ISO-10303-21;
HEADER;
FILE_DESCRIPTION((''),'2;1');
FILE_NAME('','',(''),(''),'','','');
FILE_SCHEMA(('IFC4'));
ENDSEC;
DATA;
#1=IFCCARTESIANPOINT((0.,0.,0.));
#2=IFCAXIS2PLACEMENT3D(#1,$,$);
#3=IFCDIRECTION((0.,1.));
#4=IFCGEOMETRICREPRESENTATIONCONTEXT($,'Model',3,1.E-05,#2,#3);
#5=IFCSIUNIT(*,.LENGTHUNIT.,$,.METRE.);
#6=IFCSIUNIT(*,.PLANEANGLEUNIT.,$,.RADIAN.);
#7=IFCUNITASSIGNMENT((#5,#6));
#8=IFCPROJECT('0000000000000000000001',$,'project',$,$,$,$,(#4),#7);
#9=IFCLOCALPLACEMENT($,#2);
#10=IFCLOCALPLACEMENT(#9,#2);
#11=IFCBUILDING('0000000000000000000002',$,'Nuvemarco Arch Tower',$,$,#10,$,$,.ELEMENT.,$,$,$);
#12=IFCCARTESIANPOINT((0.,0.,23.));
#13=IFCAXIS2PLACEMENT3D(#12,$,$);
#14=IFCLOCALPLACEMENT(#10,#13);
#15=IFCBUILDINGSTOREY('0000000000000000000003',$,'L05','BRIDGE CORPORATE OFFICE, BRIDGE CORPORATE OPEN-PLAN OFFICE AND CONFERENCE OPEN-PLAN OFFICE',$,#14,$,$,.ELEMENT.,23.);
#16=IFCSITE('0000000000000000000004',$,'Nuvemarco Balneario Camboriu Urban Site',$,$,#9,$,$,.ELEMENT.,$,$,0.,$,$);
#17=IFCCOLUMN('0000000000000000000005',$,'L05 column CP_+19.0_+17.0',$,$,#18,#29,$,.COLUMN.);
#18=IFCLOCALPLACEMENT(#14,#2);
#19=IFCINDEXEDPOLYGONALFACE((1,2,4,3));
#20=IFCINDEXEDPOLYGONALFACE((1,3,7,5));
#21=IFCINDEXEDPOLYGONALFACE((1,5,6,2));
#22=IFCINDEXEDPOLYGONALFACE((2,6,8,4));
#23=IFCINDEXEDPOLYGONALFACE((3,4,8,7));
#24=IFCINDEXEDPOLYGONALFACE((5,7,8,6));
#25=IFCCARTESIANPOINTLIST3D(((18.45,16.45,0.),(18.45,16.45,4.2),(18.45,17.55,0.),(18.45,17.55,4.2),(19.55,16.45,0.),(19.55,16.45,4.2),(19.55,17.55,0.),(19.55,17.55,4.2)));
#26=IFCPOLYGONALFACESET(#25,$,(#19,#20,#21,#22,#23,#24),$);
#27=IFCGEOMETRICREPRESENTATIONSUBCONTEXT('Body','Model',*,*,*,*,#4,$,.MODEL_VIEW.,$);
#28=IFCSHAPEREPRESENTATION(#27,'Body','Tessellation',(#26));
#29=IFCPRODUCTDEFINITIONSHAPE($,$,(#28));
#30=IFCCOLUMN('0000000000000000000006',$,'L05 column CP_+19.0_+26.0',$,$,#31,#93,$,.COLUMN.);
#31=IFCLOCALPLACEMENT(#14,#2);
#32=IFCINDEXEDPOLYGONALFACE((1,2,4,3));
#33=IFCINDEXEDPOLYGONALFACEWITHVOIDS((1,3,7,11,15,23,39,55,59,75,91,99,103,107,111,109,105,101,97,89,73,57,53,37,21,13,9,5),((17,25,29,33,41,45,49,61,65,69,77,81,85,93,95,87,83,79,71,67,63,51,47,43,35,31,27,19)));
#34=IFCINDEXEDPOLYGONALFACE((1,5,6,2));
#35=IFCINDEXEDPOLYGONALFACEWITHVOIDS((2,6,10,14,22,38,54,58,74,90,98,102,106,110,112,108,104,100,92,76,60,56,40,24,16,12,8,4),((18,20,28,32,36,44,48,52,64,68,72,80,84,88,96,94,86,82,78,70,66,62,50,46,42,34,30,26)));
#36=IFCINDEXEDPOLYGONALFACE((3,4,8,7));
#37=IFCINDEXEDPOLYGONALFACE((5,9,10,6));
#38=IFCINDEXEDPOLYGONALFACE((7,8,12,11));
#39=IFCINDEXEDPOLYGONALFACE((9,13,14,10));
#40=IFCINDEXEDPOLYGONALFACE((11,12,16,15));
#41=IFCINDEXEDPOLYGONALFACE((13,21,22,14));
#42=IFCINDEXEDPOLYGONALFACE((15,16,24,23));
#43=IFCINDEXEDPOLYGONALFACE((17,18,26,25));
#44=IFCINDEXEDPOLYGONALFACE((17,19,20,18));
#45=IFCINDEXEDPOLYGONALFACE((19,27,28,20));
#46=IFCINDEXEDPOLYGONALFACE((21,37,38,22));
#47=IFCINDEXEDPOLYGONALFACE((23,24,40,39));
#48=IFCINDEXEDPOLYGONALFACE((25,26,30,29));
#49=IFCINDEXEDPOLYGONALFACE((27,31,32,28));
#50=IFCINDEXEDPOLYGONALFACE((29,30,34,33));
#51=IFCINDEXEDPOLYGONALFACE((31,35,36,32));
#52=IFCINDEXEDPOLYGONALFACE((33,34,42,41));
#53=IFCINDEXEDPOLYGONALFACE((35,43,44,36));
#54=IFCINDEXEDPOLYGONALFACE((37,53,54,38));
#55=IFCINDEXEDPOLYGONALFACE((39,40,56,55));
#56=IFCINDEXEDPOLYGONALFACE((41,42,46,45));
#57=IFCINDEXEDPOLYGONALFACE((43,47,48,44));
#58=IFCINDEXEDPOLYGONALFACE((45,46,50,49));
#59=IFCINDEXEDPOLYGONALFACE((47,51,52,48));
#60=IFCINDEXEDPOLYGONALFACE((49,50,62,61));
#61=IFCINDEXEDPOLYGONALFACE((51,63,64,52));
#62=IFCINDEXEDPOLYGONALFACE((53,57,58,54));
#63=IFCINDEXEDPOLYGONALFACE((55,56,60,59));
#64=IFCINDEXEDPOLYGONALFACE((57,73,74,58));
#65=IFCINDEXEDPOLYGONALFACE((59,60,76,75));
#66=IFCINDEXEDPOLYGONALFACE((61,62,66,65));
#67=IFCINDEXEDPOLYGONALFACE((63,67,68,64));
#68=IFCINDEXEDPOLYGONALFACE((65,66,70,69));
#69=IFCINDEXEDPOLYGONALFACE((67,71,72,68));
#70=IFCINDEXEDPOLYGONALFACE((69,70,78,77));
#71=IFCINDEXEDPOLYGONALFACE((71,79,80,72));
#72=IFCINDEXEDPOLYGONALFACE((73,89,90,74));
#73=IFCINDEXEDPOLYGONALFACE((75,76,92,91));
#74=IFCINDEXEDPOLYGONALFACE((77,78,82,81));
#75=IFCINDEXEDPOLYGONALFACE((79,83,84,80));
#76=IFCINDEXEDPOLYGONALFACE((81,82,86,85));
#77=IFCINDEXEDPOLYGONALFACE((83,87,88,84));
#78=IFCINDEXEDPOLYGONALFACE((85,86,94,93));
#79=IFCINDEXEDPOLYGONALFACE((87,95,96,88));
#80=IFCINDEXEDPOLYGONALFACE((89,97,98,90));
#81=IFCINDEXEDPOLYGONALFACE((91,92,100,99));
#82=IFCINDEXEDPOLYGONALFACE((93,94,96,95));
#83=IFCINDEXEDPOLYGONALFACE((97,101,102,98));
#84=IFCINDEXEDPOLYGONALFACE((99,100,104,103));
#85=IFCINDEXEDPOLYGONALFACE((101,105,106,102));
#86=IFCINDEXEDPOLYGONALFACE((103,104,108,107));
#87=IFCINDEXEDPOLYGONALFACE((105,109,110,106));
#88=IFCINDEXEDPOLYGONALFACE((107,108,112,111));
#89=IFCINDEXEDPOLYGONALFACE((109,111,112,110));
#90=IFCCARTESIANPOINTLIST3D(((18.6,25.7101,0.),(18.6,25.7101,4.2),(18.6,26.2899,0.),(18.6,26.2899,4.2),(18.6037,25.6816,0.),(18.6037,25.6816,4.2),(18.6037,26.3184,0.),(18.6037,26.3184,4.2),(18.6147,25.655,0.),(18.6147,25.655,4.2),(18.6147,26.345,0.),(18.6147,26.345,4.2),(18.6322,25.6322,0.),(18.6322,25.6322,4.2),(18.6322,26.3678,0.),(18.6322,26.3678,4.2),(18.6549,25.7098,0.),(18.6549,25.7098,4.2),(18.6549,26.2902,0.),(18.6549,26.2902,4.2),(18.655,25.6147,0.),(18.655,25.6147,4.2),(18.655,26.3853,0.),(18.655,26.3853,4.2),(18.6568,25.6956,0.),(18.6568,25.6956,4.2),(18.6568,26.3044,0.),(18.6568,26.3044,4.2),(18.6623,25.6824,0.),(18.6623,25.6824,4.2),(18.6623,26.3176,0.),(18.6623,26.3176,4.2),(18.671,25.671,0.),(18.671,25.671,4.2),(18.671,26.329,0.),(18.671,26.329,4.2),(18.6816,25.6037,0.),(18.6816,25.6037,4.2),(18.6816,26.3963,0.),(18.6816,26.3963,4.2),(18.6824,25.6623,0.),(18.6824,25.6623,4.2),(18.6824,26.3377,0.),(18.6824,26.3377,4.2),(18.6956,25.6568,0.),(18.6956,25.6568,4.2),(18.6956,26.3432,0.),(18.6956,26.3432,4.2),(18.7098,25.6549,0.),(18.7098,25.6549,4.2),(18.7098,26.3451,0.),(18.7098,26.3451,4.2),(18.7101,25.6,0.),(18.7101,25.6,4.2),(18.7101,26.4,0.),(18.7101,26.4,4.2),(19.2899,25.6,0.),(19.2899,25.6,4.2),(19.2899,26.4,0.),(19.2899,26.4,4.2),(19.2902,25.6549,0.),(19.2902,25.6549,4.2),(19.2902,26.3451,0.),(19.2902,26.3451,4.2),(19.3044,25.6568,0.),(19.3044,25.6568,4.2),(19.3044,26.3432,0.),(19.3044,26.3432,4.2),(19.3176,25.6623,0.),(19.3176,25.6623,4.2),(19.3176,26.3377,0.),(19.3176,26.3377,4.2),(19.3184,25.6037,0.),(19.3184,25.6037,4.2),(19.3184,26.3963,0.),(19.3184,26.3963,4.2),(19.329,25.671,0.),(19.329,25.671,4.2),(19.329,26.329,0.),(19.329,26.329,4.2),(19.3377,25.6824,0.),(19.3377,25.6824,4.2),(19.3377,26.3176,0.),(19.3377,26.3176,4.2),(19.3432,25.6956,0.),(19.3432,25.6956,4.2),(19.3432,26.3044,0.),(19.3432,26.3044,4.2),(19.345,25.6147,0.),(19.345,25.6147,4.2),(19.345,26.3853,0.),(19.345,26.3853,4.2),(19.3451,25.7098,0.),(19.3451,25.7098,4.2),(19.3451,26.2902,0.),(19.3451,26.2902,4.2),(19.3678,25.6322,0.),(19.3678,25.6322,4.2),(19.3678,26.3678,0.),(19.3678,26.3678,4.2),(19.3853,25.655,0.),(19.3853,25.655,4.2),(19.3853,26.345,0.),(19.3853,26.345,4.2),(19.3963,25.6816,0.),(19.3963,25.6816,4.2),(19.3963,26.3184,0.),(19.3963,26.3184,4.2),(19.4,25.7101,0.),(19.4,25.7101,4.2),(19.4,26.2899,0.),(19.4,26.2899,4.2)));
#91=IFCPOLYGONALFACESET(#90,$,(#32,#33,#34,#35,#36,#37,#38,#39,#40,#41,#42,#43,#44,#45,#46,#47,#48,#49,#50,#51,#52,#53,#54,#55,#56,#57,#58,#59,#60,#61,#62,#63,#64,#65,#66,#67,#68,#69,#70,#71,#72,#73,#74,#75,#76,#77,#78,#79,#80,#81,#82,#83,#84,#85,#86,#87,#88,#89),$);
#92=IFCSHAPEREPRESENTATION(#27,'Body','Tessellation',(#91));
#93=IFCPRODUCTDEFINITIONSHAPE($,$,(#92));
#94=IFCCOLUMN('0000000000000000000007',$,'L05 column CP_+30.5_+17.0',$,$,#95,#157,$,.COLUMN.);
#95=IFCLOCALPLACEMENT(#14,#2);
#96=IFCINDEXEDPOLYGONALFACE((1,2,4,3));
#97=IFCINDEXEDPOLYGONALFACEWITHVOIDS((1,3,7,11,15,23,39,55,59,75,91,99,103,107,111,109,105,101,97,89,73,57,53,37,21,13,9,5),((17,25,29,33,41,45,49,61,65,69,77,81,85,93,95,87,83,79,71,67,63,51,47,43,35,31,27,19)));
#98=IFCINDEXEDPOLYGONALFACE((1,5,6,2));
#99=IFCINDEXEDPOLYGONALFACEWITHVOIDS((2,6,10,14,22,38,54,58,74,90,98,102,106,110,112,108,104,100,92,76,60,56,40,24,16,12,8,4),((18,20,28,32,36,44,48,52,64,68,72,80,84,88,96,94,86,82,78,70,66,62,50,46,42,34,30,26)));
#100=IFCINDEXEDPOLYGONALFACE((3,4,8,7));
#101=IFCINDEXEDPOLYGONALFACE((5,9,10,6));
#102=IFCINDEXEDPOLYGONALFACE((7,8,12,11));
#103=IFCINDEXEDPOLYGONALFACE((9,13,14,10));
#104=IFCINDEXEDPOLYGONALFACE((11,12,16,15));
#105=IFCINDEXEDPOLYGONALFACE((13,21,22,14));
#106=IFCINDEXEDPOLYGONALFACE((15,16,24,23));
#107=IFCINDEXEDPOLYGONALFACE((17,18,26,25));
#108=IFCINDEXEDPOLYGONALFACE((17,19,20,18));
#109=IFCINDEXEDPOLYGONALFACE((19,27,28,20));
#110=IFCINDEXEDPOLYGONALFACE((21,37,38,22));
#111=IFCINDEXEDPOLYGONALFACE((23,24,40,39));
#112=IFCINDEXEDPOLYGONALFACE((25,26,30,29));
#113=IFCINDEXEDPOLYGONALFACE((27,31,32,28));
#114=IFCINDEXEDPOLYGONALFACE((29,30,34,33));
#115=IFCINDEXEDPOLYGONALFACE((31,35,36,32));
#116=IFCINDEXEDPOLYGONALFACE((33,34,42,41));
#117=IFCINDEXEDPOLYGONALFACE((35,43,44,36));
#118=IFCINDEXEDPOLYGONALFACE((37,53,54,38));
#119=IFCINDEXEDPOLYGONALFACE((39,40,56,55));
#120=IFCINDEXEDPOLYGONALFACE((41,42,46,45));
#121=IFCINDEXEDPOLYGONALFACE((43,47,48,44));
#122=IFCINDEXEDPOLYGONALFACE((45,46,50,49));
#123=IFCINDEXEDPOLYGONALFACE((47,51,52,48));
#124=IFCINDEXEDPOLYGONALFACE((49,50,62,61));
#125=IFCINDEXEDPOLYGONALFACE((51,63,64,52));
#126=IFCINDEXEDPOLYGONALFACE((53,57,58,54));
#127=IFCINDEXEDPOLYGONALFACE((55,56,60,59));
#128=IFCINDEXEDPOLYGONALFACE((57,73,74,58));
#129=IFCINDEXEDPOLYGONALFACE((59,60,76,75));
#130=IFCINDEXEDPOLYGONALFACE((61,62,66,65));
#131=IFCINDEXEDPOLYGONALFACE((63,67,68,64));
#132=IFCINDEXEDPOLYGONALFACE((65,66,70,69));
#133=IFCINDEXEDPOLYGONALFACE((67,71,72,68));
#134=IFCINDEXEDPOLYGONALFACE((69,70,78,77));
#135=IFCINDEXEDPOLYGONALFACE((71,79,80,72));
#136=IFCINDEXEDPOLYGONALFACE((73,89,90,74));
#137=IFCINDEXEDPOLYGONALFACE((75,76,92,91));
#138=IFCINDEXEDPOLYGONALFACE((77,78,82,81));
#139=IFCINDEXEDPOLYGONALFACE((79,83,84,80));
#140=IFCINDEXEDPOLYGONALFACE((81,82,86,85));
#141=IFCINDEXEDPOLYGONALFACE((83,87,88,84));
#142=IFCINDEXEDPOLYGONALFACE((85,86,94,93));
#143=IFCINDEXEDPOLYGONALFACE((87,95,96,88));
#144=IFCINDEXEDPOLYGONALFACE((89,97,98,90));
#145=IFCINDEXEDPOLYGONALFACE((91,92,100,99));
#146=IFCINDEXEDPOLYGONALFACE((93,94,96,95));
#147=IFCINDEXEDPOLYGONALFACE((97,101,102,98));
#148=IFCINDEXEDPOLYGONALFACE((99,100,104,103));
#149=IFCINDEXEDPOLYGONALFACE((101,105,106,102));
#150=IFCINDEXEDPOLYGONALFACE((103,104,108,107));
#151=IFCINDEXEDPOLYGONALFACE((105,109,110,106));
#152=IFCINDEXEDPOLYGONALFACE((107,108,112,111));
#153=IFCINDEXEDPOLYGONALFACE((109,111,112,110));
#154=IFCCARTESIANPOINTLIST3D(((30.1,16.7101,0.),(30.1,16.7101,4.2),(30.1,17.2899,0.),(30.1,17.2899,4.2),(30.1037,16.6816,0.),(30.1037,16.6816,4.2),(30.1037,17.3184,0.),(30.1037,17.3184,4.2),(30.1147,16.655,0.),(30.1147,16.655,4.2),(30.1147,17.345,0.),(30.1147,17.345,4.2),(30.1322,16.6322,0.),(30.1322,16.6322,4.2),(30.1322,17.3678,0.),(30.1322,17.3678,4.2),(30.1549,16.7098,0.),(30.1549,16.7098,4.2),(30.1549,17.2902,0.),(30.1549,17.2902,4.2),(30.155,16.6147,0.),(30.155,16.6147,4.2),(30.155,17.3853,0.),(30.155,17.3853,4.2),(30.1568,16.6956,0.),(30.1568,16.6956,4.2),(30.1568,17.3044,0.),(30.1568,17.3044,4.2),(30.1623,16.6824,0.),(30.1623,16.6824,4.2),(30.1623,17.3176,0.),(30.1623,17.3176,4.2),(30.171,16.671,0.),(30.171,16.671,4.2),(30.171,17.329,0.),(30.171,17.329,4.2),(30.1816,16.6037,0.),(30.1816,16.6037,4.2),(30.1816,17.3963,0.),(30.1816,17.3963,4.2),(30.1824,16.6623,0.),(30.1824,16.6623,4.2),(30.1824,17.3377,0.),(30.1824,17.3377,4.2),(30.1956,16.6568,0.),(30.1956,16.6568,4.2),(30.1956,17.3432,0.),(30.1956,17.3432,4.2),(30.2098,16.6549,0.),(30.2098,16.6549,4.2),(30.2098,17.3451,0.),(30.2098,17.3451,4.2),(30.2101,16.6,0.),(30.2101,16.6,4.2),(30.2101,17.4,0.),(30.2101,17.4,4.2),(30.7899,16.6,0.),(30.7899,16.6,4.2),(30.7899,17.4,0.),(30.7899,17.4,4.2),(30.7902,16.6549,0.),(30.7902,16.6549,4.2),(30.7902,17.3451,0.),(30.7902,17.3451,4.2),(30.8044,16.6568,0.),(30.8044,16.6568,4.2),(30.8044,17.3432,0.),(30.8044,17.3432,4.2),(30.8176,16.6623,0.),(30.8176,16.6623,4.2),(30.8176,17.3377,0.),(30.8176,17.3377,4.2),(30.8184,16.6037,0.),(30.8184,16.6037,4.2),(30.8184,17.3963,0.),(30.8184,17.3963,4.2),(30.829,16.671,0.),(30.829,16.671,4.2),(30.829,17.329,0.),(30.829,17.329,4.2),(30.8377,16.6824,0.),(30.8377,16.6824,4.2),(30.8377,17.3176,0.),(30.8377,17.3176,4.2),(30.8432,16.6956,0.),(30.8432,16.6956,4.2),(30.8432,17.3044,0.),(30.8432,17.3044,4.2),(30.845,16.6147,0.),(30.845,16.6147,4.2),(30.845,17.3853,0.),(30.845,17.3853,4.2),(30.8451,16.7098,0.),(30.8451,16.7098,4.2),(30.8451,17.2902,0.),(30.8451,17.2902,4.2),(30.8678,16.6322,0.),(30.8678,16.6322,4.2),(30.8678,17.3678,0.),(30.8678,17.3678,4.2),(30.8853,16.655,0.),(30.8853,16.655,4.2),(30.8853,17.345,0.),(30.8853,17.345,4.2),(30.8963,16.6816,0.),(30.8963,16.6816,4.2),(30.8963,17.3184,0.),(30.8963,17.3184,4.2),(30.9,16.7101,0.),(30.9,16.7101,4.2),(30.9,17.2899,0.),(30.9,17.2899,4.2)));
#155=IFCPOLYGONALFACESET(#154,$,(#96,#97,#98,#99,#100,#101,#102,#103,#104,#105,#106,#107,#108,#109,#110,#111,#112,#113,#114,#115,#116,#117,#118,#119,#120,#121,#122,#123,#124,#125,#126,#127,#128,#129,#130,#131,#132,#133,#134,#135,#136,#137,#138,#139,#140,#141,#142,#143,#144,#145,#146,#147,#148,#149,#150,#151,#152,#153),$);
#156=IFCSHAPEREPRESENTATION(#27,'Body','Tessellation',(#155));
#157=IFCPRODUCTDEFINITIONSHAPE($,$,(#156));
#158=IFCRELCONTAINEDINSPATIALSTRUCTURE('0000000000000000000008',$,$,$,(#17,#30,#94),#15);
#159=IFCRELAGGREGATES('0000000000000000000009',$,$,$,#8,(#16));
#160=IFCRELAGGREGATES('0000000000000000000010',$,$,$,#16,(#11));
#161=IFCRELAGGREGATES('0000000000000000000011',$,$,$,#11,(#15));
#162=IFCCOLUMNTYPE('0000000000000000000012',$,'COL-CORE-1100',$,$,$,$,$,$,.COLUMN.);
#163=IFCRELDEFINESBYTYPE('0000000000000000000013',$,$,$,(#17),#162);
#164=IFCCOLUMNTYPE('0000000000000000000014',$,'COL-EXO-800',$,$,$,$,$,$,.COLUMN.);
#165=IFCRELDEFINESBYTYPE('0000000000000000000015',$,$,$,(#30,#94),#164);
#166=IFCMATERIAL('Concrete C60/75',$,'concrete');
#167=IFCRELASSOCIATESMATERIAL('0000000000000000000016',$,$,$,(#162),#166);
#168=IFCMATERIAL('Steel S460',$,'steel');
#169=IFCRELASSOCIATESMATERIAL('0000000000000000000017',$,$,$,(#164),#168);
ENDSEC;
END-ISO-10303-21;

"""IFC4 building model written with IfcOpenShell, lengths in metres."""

from ifc_helpers import new_model, si_unit, direction, frame, origin, origin_2d, place, context, subcontext, project, spatial, rectangle, hollow_rectangle, extrude, material, material_profile, profile_set, type_object, element, save


model = new_model("IFC4")

# Units and contexts
model_context = context("Model", 3, precision=1e-05, world=origin(), true_north=direction((0.0, 1.0)))
body_context = subcontext(model_context, "Body", "Model", "MODEL_VIEW")
ifc_project = project(units=[si_unit("LENGTHUNIT", "METRE"), si_unit("PLANEANGLEUNIT", "RADIAN")], contexts=[model_context])

# Site, building, storey
site_placement = place(None, origin())
site = spatial("IfcSite", under=ifc_project, at=site_placement, Name="Nuvemarco Balneario Camboriu Urban Site", CompositionType="ELEMENT", RefElevation=0.0)
building_placement = place(site_placement, origin())
building = spatial("IfcBuilding", under=site, at=building_placement, Name="Nuvemarco Arch Tower", CompositionType="ELEMENT")
storey_placement = place(building_placement, frame((0.0, 0.0, 23.0)))
storey = spatial("IfcBuildingStorey", under=building, at=storey_placement, Name="L05", Description="BRIDGE CORPORATE OFFICE, BRIDGE CORPORATE OPEN-PLAN OFFICE AND CONFERENCE OPEN-PLAN OFFICE", CompositionType="ELEMENT", Elevation=23.0)

# Columns
ifc_material_1 = material(Name="Concrete C60/75", Category="concrete")
ifc_material_profile_1 = material_profile(ifc_material_1, rectangle(XDim=1.1001, YDim=1.1001, at=origin_2d()), Name="RC-COL-1100x1100")
ifc_profile_set_1 = profile_set([ifc_material_profile_1], Name="Concrete C60/75")
column_type_1 = type_object("IfcColumnType", Name="COL-CORE-1100", PredefinedType="COLUMN", material=ifc_profile_set_1)
column_1_placement = place(storey_placement, frame((19.0, 17.0, 0.0), z_axis=(0.0, 0.0, 1.0), x_axis=(1.0, 0.0, 0.0)))
element("IfcColumn", 1, at=column_1_placement, inside=storey, type_object=column_type_1, Name="L05 column CP_+19.0_+17.0", PredefinedType="COLUMN", context=body_context, shape_type="SweptSolid", body=[
    extrude(rectangle(XDim=1.1001, YDim=1.1001, at=origin_2d()), origin(), (0.0, 0.0, 1.0), 4.2),
])
ifc_material_2 = material(Name="Steel S460", Category="steel")
ifc_material_profile_2 = material_profile(ifc_material_2, hollow_rectangle(XDim=0.8, YDim=0.8, WallThickness=0.0549, InnerFilletRadius=0.0549, OuterFilletRadius=0.1101, at=origin_2d()), Name="SHS800x800x55")
ifc_profile_set_2 = profile_set([ifc_material_profile_2], Name="Steel S460")
column_type_2 = type_object("IfcColumnType", Name="COL-EXO-800", PredefinedType="COLUMN", material=ifc_profile_set_2)
for number, where, z_axis, x_axis, name in (
    (2, (19.0, 26.0, 0.0), (0.0, 0.0, 1.0), (1.0, 0.0, 0.0), "L05 column CP_+19.0_+26.0"),
    (3, (30.5, 17.0, 0.0), (0.0, 0.0, 1.0), (1.0, 0.0, 0.0), "L05 column CP_+30.5_+17.0"),
):
    element("IfcColumn", number, at=place(storey_placement, frame(where, z_axis=z_axis, x_axis=x_axis)), inside=storey, type_object=column_type_2, Name=name, PredefinedType="COLUMN", context=body_context, shape_type="SweptSolid", body=[
        extrude(hollow_rectangle(XDim=0.8, YDim=0.8, WallThickness=0.0549, InnerFilletRadius=0.0549, OuterFilletRadius=0.1101, at=origin_2d()), origin(), (0.0, 0.0, 1.0), 4.2),
    ])

save(model, "model.ifc")
